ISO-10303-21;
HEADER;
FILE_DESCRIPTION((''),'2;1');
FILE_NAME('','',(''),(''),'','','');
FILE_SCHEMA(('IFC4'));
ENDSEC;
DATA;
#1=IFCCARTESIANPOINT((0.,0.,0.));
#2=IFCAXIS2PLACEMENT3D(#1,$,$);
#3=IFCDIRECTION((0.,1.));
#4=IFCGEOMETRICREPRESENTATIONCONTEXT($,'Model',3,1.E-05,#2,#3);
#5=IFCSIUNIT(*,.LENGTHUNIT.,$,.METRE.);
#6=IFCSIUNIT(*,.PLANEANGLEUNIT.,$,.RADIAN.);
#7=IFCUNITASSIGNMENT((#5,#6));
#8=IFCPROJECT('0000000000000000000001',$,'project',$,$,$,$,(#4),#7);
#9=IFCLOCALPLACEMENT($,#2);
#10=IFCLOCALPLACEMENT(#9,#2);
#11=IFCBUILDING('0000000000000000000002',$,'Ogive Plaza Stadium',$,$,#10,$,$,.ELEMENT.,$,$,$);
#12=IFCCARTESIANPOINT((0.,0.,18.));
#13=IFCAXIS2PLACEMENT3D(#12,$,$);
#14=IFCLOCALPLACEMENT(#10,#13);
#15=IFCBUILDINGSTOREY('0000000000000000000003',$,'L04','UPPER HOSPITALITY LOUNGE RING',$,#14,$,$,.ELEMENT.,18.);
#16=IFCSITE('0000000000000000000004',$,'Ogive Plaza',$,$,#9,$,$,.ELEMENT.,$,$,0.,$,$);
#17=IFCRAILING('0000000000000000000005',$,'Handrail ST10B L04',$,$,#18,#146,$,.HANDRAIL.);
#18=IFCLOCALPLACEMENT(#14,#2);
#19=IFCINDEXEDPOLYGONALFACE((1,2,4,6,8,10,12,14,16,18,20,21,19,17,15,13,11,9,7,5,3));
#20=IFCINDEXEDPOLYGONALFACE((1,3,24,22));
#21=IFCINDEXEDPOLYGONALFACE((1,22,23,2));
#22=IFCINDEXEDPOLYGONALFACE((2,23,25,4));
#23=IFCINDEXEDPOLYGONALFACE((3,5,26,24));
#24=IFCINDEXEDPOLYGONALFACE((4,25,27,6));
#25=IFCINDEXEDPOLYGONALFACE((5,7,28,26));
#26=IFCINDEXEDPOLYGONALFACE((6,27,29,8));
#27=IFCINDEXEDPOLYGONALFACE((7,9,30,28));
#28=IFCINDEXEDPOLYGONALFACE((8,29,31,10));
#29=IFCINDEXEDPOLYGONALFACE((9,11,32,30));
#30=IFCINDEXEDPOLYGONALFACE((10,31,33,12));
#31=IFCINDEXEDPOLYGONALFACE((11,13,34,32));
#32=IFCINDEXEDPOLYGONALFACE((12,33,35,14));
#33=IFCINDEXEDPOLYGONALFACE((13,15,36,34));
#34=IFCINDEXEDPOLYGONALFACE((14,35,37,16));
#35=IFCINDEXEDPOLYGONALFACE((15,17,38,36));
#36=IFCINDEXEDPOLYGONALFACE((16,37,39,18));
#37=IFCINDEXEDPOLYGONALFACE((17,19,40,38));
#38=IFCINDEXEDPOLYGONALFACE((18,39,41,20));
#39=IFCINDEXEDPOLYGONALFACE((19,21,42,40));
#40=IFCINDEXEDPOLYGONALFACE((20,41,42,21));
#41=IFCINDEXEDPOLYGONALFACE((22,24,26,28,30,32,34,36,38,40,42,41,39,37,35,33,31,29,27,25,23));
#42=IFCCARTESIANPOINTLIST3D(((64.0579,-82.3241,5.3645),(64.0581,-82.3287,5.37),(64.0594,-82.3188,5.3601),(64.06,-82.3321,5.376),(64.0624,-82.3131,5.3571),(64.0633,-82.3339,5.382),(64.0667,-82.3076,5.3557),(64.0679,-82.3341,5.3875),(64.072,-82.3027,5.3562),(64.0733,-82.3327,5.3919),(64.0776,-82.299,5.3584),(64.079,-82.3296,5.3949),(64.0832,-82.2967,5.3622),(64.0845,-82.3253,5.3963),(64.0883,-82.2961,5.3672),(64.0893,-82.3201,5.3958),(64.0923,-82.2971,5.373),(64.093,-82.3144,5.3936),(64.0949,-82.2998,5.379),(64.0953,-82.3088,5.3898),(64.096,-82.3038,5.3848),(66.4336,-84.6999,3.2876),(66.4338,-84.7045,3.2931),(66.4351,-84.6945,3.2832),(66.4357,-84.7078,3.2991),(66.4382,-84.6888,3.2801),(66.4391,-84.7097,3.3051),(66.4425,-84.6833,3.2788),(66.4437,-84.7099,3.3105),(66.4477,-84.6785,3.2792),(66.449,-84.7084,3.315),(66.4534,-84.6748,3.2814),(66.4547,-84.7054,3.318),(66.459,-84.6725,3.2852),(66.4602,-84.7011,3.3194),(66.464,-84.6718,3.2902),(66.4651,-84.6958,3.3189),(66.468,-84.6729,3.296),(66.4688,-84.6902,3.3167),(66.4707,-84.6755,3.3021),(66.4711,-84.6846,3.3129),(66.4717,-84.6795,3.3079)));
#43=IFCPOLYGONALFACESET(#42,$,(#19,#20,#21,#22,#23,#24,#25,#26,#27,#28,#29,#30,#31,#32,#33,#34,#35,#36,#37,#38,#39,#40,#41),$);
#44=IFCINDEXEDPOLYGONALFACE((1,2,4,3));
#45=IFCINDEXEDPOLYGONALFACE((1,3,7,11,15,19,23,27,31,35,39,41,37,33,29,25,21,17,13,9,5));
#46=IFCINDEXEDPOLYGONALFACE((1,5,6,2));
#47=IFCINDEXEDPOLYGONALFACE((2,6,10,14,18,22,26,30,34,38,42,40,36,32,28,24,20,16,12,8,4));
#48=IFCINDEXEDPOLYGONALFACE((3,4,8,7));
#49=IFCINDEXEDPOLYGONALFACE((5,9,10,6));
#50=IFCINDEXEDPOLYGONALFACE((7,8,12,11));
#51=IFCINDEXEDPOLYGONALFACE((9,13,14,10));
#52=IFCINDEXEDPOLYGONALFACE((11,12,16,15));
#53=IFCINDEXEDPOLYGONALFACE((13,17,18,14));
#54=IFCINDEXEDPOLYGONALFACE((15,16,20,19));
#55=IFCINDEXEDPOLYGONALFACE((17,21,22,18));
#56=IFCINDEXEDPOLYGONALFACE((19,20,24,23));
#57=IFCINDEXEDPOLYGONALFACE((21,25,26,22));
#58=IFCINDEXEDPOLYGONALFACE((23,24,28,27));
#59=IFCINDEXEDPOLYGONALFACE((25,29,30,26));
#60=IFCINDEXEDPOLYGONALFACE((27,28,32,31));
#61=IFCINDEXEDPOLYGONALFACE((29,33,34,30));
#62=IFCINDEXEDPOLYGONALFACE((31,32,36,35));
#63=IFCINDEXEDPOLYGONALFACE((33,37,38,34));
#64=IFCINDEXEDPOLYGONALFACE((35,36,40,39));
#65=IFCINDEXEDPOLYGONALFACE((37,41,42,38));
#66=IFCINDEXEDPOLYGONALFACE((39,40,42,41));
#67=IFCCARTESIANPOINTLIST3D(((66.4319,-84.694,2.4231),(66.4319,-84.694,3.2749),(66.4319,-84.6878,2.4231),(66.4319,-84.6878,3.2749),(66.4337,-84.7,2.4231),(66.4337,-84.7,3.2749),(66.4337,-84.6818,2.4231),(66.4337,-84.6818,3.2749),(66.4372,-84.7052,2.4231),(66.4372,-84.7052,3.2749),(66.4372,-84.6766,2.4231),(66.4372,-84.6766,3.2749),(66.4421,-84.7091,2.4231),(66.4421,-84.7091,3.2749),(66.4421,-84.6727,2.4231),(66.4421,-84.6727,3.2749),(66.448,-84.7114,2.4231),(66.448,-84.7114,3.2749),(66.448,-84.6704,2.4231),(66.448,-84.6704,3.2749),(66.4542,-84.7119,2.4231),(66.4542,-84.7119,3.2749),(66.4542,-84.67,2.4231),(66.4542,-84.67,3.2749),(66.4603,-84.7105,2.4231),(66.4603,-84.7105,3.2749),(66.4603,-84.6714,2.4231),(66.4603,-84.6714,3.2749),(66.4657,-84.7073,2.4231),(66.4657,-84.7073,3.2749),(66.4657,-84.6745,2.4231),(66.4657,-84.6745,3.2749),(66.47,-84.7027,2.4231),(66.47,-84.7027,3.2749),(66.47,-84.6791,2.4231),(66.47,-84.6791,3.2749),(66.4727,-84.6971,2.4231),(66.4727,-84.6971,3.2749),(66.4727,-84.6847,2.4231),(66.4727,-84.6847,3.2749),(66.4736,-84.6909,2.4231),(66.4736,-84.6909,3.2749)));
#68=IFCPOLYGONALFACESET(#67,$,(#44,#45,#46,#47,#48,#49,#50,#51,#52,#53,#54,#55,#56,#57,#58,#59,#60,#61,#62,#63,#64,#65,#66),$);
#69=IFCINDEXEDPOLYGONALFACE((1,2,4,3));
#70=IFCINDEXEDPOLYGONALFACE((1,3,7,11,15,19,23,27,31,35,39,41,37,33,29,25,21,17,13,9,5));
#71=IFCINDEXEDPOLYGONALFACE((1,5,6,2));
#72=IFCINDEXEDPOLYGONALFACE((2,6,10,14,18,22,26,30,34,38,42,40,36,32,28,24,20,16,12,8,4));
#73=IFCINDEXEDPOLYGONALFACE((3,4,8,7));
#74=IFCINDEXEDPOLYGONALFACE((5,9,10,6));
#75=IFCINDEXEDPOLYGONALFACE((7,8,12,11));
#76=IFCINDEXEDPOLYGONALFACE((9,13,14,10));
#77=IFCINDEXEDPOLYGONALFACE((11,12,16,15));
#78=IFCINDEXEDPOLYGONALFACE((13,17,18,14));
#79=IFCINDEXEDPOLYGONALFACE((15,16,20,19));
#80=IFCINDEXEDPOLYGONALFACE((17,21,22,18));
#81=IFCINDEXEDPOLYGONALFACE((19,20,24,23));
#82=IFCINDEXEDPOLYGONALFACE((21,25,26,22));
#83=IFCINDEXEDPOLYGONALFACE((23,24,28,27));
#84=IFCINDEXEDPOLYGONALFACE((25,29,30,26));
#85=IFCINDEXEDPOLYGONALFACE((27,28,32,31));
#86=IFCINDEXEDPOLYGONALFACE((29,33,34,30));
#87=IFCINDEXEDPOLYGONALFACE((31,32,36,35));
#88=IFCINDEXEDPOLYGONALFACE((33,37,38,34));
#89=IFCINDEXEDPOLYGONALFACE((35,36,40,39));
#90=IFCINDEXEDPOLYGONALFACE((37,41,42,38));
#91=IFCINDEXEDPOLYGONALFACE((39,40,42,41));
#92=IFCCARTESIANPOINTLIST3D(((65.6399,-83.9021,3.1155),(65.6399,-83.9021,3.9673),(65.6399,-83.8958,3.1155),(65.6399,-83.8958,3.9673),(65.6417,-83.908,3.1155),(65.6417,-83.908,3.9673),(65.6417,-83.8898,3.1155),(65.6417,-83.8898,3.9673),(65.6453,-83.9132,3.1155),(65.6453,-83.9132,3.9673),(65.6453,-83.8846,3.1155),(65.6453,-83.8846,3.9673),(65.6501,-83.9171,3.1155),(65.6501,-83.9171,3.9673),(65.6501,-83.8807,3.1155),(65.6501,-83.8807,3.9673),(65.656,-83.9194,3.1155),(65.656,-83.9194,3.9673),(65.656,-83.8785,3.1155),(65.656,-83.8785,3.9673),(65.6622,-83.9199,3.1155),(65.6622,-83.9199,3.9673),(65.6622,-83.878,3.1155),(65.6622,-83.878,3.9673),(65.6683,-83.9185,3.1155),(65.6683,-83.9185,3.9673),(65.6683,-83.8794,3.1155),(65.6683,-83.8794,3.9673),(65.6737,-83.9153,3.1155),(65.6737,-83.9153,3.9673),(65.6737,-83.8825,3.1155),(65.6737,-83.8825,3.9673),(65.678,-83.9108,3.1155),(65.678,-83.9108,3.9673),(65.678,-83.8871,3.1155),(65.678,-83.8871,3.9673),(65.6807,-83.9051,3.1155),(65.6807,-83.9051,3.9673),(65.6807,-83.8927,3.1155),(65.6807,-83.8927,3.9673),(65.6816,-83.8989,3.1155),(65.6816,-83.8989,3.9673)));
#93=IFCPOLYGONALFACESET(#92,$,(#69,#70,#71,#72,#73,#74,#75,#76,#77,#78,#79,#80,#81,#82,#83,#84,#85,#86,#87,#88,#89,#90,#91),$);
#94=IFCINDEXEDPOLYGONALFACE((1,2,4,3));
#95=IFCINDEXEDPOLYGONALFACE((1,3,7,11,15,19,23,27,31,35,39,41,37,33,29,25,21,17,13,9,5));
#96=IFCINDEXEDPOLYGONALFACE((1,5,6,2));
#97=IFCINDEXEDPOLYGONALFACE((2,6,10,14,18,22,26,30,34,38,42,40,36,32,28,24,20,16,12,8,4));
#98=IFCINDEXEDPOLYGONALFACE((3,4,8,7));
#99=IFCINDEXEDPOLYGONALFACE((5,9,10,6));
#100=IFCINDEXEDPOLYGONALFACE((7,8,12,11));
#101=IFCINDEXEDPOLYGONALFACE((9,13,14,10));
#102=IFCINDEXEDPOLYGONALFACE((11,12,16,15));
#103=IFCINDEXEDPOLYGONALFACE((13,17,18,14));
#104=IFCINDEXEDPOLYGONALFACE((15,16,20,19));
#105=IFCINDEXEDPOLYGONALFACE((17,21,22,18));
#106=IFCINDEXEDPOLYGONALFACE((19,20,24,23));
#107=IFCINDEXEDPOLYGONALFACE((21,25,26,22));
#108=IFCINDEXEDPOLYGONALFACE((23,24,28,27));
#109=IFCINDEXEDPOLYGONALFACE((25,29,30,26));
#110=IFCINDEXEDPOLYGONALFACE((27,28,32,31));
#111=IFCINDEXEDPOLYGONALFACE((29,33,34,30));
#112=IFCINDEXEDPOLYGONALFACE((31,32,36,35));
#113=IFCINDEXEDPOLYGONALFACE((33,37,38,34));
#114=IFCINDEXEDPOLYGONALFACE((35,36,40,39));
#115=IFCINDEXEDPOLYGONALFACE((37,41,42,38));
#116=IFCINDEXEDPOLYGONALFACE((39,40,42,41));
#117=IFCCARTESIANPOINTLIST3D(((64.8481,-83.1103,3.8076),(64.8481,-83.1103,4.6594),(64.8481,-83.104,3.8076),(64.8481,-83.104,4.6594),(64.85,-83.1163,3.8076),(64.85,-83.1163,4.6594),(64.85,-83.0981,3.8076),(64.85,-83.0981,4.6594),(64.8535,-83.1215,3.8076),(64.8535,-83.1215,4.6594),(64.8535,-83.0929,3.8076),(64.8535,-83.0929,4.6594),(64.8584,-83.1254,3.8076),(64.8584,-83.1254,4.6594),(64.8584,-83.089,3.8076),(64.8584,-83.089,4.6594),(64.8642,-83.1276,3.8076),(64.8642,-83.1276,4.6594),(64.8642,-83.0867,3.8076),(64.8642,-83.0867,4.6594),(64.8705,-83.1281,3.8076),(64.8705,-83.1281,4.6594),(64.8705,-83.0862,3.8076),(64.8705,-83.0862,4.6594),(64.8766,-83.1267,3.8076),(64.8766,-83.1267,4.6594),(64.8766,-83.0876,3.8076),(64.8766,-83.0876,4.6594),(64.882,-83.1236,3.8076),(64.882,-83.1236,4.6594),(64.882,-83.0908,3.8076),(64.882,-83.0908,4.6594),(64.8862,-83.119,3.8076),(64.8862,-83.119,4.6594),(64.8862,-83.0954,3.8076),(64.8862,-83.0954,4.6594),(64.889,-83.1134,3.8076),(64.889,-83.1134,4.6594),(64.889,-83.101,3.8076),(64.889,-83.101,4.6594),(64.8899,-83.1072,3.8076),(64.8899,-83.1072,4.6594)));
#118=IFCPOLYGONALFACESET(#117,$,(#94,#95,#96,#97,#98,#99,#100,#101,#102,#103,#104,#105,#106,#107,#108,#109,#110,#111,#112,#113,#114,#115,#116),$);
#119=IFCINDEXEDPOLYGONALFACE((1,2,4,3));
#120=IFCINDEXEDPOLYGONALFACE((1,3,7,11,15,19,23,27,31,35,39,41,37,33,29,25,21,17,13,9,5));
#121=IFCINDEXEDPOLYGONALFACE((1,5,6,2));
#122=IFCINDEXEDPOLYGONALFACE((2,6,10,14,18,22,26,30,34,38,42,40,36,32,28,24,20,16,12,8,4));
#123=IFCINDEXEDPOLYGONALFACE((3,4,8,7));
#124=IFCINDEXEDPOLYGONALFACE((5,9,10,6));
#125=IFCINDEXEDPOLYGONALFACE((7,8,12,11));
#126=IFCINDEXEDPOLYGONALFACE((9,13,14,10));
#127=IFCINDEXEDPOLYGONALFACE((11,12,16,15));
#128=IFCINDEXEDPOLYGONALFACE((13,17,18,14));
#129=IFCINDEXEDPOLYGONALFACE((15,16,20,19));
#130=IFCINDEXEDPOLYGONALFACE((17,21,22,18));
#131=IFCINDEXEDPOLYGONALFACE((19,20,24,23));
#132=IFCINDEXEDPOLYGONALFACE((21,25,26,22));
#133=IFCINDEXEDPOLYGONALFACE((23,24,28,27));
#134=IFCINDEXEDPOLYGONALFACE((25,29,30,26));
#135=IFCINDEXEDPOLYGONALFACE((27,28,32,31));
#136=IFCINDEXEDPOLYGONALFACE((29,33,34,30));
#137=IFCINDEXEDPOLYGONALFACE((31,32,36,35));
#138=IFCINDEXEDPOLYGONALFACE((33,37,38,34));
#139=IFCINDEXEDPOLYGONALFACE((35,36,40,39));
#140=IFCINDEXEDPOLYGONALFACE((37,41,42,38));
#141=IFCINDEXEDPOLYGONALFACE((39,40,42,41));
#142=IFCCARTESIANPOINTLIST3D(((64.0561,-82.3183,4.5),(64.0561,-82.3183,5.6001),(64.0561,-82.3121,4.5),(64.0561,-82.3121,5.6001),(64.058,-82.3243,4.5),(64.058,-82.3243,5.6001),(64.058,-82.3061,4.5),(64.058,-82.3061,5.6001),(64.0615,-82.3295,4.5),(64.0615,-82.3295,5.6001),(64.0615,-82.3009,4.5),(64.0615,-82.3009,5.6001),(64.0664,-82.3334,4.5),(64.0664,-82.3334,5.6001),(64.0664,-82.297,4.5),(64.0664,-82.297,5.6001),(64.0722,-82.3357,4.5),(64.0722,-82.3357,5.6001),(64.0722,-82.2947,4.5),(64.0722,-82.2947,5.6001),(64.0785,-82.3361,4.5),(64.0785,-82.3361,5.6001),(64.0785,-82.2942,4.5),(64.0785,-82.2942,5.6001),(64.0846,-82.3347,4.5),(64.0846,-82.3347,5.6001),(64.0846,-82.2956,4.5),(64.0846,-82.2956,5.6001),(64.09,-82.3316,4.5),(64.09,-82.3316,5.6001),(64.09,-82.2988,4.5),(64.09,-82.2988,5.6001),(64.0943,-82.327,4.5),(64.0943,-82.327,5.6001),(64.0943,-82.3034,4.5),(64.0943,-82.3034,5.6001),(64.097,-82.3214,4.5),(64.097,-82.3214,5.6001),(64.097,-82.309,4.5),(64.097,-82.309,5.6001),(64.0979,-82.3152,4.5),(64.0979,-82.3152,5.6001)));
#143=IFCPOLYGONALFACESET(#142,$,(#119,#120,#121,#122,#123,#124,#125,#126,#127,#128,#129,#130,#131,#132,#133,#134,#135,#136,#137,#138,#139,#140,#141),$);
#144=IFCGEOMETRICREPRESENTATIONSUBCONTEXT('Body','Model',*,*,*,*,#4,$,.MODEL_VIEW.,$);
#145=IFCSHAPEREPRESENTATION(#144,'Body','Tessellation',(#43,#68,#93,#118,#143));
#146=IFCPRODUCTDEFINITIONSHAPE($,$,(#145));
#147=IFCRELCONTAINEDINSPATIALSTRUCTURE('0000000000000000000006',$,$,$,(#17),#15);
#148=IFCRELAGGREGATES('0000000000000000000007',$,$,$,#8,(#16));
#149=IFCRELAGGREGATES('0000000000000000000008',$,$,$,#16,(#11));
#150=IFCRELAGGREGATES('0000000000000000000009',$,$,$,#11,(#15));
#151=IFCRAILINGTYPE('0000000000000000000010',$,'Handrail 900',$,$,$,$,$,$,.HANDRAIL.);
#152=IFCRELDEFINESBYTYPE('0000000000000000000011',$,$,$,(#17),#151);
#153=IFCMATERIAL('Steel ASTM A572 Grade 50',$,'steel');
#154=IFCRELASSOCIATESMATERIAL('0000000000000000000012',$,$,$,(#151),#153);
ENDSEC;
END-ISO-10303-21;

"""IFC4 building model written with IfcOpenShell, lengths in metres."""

from ifc_helpers import new_model, si_unit, direction, frame, origin, origin_2d, place, context, subcontext, project, spatial, circle, extrude, material, type_object, element, save


model = new_model("IFC4")

# Units and contexts
model_context = context("Model", 3, precision=1e-05, world=origin(), true_north=direction((0.0, 1.0)))
body_context = subcontext(model_context, "Body", "Model", "MODEL_VIEW")
ifc_project = project(units=[si_unit("LENGTHUNIT", "METRE"), si_unit("PLANEANGLEUNIT", "RADIAN")], contexts=[model_context])

# Site, building, storey
site_placement = place(None, origin())
site = spatial("IfcSite", under=ifc_project, at=site_placement, Name="Ogive Plaza", CompositionType="ELEMENT", RefElevation=0.0)
building_placement = place(site_placement, origin())
building = spatial("IfcBuilding", under=site, at=building_placement, Name="Ogive Plaza Stadium", CompositionType="ELEMENT")
storey_placement = place(building_placement, frame((0.0, 0.0, 18.0)))
storey = spatial("IfcBuildingStorey", under=building, at=storey_placement, Name="L04", Description="UPPER HOSPITALITY LOUNGE RING", CompositionType="ELEMENT", Elevation=18.0)

# Railing
ifc_material_1 = material(Name="Steel ASTM A572 Grade 50", Category="steel")
railing_type_1 = type_object("IfcRailingType", Name="Handrail 900", PredefinedType="HANDRAIL", material=ifc_material_1)
for number, where, name in (
    (1, (66.4526, -84.6909, 2.4231), "Handrail ST10B L04"),
):
    element("IfcRailing", number, at=place(storey_placement, frame(where)), inside=storey, type_object=railing_type_1, Name=name, PredefinedType="HANDRAIL", context=body_context, shape_type="SweptSolid", body=[
        extrude(circle(Radius=0.0239, at=origin_2d()), frame((0.0, 0.0, 0.876), z_axis=(-0.601466, 0.601466, 0.525811), x_axis=(-0.707107, -0.707107, 0.0)), (0.0, 0.0, 1.0), 3.95),
        extrude(circle(Radius=0.021, at=origin_2d()), origin(), (0.0, 0.0, 1.0), 0.8518),
        extrude(circle(Radius=0.021, at=origin_2d()), frame((-0.792, 0.792, 0.6924)), (0.0, 0.0, 1.0), 0.8518),
        extrude(circle(Radius=0.021, at=origin_2d()), frame((-1.5837, 1.5837, 1.3845)), (0.0, 0.0, 1.0), 0.8518),
        extrude(circle(Radius=0.021, at=origin_2d()), frame((-2.3757, 2.3757, 2.0769)), (0.0, 0.0, 1.0), 1.1001),
    ])

save(model, "model.ifc")
